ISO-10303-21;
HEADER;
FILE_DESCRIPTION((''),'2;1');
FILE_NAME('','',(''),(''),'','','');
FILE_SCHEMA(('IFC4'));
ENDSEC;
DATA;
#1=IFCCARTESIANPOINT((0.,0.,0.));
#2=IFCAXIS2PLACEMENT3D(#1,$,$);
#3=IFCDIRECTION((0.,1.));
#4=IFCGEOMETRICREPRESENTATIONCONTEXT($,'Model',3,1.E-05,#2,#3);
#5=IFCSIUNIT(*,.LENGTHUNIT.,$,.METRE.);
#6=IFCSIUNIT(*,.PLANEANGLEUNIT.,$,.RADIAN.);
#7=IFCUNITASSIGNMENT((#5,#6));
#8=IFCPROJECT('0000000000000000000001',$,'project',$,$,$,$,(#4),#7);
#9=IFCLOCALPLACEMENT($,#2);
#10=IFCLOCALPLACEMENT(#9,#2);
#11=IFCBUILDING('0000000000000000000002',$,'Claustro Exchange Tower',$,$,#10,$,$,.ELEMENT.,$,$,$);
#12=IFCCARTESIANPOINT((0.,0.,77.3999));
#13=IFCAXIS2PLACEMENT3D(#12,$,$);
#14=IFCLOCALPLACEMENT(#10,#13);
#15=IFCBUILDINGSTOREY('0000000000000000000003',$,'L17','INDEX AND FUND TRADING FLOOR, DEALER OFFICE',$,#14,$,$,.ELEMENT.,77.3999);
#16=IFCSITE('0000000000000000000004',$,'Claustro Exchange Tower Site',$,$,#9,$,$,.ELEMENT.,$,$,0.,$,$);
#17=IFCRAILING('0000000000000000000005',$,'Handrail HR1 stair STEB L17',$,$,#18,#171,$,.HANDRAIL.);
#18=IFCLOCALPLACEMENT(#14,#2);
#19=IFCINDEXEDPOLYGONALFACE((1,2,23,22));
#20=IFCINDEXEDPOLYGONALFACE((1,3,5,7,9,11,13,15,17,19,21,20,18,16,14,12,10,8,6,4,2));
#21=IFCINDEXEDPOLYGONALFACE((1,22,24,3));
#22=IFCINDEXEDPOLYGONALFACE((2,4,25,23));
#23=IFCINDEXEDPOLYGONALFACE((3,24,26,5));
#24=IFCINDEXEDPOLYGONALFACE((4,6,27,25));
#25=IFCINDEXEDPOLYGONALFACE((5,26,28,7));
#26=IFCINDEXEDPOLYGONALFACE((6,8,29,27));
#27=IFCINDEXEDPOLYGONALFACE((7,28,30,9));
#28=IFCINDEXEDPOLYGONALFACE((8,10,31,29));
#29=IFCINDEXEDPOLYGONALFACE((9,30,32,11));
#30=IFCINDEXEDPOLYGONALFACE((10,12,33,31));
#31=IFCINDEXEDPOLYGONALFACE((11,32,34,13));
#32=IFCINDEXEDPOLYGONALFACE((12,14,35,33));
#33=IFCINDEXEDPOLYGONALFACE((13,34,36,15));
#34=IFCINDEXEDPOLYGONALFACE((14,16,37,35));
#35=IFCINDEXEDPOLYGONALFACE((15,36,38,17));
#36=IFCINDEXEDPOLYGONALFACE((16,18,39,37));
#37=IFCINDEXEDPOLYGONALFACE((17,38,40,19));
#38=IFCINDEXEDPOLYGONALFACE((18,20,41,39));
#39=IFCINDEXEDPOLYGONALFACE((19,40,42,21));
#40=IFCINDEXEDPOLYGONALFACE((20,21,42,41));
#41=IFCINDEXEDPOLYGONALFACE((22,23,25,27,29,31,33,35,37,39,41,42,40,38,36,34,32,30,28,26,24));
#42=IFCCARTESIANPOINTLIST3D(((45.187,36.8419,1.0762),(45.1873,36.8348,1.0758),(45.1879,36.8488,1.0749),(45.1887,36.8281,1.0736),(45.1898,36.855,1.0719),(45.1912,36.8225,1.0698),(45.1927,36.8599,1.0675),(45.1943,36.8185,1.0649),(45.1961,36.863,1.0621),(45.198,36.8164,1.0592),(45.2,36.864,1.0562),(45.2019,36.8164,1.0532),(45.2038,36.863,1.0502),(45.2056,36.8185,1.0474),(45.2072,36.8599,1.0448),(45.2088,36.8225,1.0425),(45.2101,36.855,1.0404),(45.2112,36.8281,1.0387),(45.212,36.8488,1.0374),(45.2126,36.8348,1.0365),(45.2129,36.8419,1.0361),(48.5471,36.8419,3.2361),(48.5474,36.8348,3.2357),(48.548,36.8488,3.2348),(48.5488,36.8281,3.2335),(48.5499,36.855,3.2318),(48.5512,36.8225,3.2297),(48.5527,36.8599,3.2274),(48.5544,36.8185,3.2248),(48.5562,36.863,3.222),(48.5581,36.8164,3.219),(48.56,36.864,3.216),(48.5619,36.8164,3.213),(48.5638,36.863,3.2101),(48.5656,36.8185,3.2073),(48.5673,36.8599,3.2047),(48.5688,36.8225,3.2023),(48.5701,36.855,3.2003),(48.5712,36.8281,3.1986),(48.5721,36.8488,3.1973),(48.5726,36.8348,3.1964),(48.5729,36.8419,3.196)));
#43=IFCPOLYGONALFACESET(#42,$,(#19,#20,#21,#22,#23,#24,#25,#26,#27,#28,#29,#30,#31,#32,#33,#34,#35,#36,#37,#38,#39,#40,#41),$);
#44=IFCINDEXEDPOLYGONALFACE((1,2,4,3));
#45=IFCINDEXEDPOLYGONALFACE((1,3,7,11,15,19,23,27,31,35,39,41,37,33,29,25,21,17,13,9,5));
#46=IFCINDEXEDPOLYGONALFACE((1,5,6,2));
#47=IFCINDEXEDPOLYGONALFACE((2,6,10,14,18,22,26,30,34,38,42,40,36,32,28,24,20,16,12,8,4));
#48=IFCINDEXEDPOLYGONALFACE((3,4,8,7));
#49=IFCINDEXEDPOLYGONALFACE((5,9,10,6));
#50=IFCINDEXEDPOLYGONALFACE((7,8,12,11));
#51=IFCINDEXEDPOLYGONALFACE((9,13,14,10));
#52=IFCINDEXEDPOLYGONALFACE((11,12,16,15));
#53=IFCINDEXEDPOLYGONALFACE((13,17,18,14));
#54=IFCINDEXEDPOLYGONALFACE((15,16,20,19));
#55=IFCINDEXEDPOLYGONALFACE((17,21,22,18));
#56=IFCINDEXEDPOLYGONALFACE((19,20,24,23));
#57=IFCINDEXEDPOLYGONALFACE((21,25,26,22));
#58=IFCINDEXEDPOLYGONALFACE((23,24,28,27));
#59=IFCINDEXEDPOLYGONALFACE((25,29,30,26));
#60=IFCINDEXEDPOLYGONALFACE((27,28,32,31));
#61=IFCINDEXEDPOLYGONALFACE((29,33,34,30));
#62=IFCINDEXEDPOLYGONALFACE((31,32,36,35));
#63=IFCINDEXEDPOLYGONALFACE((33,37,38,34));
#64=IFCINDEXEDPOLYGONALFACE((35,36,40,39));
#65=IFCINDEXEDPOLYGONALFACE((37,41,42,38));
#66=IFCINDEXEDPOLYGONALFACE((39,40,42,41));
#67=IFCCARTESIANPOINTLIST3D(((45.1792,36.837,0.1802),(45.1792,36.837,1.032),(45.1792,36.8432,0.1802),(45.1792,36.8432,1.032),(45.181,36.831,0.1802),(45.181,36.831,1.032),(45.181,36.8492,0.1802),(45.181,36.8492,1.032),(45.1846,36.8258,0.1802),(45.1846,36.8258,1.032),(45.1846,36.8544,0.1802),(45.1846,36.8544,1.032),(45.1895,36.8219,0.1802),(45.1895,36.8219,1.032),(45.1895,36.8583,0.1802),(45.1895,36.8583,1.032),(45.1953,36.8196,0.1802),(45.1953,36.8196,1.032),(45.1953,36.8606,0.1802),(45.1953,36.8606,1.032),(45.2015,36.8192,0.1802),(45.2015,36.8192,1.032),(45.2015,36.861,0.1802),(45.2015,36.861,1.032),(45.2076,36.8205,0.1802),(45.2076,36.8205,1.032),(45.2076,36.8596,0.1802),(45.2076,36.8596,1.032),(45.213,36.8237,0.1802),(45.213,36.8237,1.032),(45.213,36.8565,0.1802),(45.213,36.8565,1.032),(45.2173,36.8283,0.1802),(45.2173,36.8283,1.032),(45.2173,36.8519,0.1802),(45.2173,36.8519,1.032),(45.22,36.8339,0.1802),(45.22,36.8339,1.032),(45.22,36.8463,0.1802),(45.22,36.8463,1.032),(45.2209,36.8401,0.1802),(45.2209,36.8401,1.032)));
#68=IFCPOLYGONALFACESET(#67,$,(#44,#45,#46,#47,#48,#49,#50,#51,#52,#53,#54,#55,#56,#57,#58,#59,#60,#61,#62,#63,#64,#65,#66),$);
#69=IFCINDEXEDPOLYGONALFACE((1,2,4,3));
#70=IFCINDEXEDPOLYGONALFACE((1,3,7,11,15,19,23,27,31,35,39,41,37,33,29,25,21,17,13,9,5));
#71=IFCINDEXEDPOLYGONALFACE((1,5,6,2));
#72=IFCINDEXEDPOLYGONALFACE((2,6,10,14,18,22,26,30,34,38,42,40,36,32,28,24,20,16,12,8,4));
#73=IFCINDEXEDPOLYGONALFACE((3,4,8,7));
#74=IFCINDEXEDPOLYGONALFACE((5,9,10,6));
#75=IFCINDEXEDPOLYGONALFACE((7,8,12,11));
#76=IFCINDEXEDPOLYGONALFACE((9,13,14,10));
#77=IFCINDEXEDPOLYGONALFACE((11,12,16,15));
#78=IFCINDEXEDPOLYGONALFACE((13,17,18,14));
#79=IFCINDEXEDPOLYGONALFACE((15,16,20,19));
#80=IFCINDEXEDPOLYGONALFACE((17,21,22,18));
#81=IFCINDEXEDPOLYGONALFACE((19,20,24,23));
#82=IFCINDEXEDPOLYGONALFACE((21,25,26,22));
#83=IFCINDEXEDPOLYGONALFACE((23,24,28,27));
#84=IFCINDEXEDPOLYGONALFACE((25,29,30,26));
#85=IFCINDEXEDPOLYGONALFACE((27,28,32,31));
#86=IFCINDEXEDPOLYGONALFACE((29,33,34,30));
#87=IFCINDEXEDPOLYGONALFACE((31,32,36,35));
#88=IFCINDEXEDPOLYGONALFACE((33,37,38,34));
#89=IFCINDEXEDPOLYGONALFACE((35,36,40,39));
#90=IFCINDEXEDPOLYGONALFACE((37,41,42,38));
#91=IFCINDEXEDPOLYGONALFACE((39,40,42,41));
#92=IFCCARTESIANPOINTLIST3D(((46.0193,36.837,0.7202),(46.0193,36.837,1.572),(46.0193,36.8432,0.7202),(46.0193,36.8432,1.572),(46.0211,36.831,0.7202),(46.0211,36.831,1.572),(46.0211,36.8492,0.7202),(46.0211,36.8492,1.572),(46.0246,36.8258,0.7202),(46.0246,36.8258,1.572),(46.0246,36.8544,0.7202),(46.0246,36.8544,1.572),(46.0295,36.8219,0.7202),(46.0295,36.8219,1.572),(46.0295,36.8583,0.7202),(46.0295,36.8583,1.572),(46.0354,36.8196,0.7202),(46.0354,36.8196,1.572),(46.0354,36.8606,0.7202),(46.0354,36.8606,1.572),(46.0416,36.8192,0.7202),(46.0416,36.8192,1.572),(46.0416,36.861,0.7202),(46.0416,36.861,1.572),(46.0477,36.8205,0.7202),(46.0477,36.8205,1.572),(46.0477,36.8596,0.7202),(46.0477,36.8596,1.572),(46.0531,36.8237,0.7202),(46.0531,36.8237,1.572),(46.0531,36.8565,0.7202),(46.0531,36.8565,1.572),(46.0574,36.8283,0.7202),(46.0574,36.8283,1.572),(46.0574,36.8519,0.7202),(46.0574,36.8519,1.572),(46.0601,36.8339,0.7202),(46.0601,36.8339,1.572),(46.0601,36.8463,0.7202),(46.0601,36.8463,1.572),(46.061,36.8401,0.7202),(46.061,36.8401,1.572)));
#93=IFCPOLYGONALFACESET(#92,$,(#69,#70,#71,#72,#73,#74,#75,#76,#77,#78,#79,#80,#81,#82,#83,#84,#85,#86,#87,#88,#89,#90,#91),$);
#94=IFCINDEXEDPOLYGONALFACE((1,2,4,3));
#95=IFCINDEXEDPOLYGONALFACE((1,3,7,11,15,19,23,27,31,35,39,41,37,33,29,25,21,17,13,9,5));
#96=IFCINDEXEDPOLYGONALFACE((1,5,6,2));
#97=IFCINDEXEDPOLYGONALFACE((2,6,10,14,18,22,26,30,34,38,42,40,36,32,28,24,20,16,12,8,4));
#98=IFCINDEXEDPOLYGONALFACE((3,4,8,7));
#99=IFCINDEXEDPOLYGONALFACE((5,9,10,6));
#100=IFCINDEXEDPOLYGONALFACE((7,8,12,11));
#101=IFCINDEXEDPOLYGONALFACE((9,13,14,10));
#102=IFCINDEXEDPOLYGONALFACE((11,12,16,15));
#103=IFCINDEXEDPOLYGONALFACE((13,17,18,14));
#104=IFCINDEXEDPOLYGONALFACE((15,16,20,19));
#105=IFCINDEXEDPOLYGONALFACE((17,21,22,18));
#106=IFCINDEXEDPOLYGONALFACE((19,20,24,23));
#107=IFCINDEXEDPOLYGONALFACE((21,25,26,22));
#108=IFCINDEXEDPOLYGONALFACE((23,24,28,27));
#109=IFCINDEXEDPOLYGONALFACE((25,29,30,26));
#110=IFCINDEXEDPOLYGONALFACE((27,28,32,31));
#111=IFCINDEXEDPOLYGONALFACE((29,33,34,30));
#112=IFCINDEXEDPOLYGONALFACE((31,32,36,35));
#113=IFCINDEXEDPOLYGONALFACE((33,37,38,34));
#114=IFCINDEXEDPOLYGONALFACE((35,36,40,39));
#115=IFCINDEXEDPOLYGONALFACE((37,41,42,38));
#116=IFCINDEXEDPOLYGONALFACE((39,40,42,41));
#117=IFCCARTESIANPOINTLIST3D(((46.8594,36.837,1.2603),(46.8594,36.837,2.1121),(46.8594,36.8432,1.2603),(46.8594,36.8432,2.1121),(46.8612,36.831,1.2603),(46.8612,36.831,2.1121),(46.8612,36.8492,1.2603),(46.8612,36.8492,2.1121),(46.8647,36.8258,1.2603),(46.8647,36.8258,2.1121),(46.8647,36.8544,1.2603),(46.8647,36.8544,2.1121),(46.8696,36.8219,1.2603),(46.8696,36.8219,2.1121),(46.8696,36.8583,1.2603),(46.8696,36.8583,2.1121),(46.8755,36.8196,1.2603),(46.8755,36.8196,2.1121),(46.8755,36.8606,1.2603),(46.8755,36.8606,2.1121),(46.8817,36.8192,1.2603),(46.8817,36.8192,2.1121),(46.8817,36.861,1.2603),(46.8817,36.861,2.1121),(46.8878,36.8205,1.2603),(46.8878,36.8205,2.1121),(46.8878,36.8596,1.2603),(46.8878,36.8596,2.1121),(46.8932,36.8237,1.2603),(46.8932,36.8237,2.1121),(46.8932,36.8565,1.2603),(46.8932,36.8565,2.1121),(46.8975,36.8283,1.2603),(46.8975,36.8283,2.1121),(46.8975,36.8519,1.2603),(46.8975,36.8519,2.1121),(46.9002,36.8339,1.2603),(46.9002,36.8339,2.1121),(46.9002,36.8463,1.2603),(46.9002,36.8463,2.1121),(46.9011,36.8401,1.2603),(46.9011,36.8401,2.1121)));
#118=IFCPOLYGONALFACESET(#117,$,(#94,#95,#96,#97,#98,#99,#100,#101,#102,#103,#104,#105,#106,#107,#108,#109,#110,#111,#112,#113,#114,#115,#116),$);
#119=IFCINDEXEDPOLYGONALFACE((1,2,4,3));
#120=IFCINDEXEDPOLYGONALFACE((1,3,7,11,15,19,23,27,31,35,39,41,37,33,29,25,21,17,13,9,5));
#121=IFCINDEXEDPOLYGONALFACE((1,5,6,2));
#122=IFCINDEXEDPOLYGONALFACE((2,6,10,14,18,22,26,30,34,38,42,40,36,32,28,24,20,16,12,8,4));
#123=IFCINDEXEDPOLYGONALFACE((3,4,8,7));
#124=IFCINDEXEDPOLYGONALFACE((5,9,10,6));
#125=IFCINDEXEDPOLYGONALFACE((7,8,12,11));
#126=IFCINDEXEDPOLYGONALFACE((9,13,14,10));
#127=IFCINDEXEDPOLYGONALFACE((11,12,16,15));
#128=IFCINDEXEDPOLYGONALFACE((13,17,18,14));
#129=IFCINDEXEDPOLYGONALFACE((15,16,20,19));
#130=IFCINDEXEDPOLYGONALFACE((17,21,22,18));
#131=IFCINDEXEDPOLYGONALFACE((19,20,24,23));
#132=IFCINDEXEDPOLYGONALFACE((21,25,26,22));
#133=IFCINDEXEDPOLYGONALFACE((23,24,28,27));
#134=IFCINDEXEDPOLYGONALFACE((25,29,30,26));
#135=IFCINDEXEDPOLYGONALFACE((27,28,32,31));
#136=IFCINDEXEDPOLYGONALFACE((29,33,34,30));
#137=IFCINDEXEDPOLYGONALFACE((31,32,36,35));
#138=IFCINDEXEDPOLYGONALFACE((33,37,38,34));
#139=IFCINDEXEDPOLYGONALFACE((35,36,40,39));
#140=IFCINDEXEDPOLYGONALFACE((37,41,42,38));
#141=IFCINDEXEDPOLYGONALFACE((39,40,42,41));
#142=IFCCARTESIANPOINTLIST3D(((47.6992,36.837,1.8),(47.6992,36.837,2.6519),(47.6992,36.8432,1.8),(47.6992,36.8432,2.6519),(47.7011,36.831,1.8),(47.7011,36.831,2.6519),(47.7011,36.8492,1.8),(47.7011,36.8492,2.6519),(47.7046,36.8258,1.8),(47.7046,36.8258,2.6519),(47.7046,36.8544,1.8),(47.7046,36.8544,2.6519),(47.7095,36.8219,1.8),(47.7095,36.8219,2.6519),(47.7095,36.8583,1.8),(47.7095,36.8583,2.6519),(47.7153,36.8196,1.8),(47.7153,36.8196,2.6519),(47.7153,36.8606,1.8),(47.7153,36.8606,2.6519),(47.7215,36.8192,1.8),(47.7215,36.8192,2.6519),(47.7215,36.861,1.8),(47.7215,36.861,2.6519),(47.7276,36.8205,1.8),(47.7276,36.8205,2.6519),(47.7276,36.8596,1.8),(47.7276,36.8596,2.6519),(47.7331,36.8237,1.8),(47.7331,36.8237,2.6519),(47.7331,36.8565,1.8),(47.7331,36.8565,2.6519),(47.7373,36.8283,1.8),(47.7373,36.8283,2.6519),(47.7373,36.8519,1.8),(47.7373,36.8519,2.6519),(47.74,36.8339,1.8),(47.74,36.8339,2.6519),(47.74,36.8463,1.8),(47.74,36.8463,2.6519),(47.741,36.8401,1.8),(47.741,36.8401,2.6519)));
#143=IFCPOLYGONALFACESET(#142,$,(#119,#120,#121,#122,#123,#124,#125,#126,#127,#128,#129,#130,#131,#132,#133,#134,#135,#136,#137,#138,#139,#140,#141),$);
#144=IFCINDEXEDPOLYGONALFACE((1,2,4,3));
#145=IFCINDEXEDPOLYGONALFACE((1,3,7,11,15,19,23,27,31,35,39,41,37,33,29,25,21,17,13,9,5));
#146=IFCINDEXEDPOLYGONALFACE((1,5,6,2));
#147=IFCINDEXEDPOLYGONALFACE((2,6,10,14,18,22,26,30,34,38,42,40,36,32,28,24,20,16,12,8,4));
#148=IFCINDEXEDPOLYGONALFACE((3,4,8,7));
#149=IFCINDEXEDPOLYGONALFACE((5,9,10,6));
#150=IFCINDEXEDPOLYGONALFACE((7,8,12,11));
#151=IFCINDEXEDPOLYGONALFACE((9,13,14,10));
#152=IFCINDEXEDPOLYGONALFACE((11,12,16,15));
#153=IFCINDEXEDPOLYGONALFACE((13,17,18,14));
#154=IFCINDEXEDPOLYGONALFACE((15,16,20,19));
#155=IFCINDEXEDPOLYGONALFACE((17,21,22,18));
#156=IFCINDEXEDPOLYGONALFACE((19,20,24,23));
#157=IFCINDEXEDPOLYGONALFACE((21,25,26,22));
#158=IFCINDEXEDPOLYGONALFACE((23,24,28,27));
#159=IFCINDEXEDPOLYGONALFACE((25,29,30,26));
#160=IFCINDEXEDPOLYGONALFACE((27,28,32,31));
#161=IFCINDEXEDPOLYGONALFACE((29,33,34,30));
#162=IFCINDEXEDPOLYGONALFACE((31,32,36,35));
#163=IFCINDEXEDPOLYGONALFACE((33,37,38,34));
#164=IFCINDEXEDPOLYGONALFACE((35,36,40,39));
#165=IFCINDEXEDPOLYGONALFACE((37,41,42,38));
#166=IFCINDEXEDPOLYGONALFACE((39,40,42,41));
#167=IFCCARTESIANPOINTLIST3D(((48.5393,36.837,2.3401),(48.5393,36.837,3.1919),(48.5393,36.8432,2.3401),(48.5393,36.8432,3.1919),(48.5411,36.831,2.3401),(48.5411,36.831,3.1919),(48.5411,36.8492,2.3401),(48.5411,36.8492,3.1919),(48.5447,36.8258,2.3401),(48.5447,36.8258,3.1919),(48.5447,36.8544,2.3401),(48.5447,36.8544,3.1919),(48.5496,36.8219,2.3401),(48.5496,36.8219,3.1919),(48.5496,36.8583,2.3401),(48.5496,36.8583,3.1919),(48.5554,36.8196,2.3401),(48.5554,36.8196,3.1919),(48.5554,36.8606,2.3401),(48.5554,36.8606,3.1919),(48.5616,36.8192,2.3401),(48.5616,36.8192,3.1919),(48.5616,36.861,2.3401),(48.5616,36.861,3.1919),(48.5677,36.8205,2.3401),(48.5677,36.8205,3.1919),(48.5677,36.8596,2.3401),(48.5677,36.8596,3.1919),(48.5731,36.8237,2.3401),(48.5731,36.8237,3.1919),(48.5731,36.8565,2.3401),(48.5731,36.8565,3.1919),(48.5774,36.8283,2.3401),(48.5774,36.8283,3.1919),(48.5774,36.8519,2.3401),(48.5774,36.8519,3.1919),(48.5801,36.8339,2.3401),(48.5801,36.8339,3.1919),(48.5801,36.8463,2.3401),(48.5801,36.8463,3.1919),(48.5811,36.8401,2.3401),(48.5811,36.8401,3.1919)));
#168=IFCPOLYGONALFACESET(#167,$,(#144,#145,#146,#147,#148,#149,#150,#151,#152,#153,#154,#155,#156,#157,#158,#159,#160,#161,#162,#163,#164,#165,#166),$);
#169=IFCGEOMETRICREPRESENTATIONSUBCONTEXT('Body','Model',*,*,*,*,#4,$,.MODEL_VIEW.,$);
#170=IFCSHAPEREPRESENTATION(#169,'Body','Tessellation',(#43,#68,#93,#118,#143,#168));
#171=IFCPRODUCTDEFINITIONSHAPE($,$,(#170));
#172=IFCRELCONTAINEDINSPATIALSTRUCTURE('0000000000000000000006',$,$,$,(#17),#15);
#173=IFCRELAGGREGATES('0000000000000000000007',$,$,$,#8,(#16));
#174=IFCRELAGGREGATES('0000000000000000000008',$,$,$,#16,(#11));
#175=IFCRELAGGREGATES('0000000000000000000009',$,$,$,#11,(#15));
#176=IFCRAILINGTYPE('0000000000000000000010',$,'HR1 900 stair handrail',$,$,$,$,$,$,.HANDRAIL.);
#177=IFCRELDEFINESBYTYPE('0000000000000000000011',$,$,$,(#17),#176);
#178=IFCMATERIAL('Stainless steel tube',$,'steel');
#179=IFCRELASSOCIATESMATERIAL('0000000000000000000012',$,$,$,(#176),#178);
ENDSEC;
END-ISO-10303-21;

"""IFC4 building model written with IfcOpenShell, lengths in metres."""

from ifc_helpers import new_model, si_unit, direction, frame, origin, origin_2d, place, context, subcontext, project, spatial, circle, extrude, material, type_object, element, save


model = new_model("IFC4")

# Units and contexts
model_context = context("Model", 3, precision=1e-05, world=origin(), true_north=direction((0.0, 1.0)))
body_context = subcontext(model_context, "Body", "Model", "MODEL_VIEW")
ifc_project = project(units=[si_unit("LENGTHUNIT", "METRE"), si_unit("PLANEANGLEUNIT", "RADIAN")], contexts=[model_context])

# Site, building, storey
site_placement = place(None, origin())
site = spatial("IfcSite", under=ifc_project, at=site_placement, Name="Claustro Exchange Tower Site", CompositionType="ELEMENT", RefElevation=0.0)
building_placement = place(site_placement, origin())
building = spatial("IfcBuilding", under=site, at=building_placement, Name="Claustro Exchange Tower", CompositionType="ELEMENT")
storey_placement = place(building_placement, frame((0.0, 0.0, 77.3999)))
storey = spatial("IfcBuildingStorey", under=building, at=storey_placement, Name="L17", Description="INDEX AND FUND TRADING FLOOR, DEALER OFFICE", CompositionType="ELEMENT", Elevation=77.3999)

# Railing
ifc_material_1 = material(Name="Stainless steel tube", Category="steel")
railing_type_1 = type_object("IfcRailingType", Name="HR1 900 stair handrail", PredefinedType="HANDRAIL", material=ifc_material_1)
railing_1_placement = place(storey_placement, frame((45.2, 36.8401, 0.1802)))
element("IfcRailing", 1, at=railing_1_placement, inside=storey, type_object=railing_type_1, Name="Handrail HR1 stair STEB L17", PredefinedType="HANDRAIL", context=body_context, shape_type="SweptSolid", body=[
    extrude(circle(Radius=0.0239, at=origin_2d()), frame((0.0, 0.0, 0.876), z_axis=(0.841196, 0.0, 0.54073), x_axis=(0.0, 1.0, 0.0)), (0.0, 0.0, 1.0), 3.9944),
    extrude(circle(Radius=0.021, at=origin_2d()), origin(), (0.0, 0.0, 1.0), 0.8518),
    extrude(circle(Radius=0.021, at=origin_2d()), frame((0.8401, 0.0, 0.54)), (0.0, 0.0, 1.0), 0.8518),
    extrude(circle(Radius=0.021, at=origin_2d()), frame((1.6802, 0.0, 1.0801)), (0.0, 0.0, 1.0), 0.8518),
    extrude(circle(Radius=0.021, at=origin_2d()), frame((2.52, 0.0, 1.6199)), (0.0, 0.0, 1.0), 0.8518),
    extrude(circle(Radius=0.021, at=origin_2d()), frame((3.3601, 0.0, 2.1599)), (0.0, 0.0, 1.0), 0.8518),
])

save(model, "model.ifc")
